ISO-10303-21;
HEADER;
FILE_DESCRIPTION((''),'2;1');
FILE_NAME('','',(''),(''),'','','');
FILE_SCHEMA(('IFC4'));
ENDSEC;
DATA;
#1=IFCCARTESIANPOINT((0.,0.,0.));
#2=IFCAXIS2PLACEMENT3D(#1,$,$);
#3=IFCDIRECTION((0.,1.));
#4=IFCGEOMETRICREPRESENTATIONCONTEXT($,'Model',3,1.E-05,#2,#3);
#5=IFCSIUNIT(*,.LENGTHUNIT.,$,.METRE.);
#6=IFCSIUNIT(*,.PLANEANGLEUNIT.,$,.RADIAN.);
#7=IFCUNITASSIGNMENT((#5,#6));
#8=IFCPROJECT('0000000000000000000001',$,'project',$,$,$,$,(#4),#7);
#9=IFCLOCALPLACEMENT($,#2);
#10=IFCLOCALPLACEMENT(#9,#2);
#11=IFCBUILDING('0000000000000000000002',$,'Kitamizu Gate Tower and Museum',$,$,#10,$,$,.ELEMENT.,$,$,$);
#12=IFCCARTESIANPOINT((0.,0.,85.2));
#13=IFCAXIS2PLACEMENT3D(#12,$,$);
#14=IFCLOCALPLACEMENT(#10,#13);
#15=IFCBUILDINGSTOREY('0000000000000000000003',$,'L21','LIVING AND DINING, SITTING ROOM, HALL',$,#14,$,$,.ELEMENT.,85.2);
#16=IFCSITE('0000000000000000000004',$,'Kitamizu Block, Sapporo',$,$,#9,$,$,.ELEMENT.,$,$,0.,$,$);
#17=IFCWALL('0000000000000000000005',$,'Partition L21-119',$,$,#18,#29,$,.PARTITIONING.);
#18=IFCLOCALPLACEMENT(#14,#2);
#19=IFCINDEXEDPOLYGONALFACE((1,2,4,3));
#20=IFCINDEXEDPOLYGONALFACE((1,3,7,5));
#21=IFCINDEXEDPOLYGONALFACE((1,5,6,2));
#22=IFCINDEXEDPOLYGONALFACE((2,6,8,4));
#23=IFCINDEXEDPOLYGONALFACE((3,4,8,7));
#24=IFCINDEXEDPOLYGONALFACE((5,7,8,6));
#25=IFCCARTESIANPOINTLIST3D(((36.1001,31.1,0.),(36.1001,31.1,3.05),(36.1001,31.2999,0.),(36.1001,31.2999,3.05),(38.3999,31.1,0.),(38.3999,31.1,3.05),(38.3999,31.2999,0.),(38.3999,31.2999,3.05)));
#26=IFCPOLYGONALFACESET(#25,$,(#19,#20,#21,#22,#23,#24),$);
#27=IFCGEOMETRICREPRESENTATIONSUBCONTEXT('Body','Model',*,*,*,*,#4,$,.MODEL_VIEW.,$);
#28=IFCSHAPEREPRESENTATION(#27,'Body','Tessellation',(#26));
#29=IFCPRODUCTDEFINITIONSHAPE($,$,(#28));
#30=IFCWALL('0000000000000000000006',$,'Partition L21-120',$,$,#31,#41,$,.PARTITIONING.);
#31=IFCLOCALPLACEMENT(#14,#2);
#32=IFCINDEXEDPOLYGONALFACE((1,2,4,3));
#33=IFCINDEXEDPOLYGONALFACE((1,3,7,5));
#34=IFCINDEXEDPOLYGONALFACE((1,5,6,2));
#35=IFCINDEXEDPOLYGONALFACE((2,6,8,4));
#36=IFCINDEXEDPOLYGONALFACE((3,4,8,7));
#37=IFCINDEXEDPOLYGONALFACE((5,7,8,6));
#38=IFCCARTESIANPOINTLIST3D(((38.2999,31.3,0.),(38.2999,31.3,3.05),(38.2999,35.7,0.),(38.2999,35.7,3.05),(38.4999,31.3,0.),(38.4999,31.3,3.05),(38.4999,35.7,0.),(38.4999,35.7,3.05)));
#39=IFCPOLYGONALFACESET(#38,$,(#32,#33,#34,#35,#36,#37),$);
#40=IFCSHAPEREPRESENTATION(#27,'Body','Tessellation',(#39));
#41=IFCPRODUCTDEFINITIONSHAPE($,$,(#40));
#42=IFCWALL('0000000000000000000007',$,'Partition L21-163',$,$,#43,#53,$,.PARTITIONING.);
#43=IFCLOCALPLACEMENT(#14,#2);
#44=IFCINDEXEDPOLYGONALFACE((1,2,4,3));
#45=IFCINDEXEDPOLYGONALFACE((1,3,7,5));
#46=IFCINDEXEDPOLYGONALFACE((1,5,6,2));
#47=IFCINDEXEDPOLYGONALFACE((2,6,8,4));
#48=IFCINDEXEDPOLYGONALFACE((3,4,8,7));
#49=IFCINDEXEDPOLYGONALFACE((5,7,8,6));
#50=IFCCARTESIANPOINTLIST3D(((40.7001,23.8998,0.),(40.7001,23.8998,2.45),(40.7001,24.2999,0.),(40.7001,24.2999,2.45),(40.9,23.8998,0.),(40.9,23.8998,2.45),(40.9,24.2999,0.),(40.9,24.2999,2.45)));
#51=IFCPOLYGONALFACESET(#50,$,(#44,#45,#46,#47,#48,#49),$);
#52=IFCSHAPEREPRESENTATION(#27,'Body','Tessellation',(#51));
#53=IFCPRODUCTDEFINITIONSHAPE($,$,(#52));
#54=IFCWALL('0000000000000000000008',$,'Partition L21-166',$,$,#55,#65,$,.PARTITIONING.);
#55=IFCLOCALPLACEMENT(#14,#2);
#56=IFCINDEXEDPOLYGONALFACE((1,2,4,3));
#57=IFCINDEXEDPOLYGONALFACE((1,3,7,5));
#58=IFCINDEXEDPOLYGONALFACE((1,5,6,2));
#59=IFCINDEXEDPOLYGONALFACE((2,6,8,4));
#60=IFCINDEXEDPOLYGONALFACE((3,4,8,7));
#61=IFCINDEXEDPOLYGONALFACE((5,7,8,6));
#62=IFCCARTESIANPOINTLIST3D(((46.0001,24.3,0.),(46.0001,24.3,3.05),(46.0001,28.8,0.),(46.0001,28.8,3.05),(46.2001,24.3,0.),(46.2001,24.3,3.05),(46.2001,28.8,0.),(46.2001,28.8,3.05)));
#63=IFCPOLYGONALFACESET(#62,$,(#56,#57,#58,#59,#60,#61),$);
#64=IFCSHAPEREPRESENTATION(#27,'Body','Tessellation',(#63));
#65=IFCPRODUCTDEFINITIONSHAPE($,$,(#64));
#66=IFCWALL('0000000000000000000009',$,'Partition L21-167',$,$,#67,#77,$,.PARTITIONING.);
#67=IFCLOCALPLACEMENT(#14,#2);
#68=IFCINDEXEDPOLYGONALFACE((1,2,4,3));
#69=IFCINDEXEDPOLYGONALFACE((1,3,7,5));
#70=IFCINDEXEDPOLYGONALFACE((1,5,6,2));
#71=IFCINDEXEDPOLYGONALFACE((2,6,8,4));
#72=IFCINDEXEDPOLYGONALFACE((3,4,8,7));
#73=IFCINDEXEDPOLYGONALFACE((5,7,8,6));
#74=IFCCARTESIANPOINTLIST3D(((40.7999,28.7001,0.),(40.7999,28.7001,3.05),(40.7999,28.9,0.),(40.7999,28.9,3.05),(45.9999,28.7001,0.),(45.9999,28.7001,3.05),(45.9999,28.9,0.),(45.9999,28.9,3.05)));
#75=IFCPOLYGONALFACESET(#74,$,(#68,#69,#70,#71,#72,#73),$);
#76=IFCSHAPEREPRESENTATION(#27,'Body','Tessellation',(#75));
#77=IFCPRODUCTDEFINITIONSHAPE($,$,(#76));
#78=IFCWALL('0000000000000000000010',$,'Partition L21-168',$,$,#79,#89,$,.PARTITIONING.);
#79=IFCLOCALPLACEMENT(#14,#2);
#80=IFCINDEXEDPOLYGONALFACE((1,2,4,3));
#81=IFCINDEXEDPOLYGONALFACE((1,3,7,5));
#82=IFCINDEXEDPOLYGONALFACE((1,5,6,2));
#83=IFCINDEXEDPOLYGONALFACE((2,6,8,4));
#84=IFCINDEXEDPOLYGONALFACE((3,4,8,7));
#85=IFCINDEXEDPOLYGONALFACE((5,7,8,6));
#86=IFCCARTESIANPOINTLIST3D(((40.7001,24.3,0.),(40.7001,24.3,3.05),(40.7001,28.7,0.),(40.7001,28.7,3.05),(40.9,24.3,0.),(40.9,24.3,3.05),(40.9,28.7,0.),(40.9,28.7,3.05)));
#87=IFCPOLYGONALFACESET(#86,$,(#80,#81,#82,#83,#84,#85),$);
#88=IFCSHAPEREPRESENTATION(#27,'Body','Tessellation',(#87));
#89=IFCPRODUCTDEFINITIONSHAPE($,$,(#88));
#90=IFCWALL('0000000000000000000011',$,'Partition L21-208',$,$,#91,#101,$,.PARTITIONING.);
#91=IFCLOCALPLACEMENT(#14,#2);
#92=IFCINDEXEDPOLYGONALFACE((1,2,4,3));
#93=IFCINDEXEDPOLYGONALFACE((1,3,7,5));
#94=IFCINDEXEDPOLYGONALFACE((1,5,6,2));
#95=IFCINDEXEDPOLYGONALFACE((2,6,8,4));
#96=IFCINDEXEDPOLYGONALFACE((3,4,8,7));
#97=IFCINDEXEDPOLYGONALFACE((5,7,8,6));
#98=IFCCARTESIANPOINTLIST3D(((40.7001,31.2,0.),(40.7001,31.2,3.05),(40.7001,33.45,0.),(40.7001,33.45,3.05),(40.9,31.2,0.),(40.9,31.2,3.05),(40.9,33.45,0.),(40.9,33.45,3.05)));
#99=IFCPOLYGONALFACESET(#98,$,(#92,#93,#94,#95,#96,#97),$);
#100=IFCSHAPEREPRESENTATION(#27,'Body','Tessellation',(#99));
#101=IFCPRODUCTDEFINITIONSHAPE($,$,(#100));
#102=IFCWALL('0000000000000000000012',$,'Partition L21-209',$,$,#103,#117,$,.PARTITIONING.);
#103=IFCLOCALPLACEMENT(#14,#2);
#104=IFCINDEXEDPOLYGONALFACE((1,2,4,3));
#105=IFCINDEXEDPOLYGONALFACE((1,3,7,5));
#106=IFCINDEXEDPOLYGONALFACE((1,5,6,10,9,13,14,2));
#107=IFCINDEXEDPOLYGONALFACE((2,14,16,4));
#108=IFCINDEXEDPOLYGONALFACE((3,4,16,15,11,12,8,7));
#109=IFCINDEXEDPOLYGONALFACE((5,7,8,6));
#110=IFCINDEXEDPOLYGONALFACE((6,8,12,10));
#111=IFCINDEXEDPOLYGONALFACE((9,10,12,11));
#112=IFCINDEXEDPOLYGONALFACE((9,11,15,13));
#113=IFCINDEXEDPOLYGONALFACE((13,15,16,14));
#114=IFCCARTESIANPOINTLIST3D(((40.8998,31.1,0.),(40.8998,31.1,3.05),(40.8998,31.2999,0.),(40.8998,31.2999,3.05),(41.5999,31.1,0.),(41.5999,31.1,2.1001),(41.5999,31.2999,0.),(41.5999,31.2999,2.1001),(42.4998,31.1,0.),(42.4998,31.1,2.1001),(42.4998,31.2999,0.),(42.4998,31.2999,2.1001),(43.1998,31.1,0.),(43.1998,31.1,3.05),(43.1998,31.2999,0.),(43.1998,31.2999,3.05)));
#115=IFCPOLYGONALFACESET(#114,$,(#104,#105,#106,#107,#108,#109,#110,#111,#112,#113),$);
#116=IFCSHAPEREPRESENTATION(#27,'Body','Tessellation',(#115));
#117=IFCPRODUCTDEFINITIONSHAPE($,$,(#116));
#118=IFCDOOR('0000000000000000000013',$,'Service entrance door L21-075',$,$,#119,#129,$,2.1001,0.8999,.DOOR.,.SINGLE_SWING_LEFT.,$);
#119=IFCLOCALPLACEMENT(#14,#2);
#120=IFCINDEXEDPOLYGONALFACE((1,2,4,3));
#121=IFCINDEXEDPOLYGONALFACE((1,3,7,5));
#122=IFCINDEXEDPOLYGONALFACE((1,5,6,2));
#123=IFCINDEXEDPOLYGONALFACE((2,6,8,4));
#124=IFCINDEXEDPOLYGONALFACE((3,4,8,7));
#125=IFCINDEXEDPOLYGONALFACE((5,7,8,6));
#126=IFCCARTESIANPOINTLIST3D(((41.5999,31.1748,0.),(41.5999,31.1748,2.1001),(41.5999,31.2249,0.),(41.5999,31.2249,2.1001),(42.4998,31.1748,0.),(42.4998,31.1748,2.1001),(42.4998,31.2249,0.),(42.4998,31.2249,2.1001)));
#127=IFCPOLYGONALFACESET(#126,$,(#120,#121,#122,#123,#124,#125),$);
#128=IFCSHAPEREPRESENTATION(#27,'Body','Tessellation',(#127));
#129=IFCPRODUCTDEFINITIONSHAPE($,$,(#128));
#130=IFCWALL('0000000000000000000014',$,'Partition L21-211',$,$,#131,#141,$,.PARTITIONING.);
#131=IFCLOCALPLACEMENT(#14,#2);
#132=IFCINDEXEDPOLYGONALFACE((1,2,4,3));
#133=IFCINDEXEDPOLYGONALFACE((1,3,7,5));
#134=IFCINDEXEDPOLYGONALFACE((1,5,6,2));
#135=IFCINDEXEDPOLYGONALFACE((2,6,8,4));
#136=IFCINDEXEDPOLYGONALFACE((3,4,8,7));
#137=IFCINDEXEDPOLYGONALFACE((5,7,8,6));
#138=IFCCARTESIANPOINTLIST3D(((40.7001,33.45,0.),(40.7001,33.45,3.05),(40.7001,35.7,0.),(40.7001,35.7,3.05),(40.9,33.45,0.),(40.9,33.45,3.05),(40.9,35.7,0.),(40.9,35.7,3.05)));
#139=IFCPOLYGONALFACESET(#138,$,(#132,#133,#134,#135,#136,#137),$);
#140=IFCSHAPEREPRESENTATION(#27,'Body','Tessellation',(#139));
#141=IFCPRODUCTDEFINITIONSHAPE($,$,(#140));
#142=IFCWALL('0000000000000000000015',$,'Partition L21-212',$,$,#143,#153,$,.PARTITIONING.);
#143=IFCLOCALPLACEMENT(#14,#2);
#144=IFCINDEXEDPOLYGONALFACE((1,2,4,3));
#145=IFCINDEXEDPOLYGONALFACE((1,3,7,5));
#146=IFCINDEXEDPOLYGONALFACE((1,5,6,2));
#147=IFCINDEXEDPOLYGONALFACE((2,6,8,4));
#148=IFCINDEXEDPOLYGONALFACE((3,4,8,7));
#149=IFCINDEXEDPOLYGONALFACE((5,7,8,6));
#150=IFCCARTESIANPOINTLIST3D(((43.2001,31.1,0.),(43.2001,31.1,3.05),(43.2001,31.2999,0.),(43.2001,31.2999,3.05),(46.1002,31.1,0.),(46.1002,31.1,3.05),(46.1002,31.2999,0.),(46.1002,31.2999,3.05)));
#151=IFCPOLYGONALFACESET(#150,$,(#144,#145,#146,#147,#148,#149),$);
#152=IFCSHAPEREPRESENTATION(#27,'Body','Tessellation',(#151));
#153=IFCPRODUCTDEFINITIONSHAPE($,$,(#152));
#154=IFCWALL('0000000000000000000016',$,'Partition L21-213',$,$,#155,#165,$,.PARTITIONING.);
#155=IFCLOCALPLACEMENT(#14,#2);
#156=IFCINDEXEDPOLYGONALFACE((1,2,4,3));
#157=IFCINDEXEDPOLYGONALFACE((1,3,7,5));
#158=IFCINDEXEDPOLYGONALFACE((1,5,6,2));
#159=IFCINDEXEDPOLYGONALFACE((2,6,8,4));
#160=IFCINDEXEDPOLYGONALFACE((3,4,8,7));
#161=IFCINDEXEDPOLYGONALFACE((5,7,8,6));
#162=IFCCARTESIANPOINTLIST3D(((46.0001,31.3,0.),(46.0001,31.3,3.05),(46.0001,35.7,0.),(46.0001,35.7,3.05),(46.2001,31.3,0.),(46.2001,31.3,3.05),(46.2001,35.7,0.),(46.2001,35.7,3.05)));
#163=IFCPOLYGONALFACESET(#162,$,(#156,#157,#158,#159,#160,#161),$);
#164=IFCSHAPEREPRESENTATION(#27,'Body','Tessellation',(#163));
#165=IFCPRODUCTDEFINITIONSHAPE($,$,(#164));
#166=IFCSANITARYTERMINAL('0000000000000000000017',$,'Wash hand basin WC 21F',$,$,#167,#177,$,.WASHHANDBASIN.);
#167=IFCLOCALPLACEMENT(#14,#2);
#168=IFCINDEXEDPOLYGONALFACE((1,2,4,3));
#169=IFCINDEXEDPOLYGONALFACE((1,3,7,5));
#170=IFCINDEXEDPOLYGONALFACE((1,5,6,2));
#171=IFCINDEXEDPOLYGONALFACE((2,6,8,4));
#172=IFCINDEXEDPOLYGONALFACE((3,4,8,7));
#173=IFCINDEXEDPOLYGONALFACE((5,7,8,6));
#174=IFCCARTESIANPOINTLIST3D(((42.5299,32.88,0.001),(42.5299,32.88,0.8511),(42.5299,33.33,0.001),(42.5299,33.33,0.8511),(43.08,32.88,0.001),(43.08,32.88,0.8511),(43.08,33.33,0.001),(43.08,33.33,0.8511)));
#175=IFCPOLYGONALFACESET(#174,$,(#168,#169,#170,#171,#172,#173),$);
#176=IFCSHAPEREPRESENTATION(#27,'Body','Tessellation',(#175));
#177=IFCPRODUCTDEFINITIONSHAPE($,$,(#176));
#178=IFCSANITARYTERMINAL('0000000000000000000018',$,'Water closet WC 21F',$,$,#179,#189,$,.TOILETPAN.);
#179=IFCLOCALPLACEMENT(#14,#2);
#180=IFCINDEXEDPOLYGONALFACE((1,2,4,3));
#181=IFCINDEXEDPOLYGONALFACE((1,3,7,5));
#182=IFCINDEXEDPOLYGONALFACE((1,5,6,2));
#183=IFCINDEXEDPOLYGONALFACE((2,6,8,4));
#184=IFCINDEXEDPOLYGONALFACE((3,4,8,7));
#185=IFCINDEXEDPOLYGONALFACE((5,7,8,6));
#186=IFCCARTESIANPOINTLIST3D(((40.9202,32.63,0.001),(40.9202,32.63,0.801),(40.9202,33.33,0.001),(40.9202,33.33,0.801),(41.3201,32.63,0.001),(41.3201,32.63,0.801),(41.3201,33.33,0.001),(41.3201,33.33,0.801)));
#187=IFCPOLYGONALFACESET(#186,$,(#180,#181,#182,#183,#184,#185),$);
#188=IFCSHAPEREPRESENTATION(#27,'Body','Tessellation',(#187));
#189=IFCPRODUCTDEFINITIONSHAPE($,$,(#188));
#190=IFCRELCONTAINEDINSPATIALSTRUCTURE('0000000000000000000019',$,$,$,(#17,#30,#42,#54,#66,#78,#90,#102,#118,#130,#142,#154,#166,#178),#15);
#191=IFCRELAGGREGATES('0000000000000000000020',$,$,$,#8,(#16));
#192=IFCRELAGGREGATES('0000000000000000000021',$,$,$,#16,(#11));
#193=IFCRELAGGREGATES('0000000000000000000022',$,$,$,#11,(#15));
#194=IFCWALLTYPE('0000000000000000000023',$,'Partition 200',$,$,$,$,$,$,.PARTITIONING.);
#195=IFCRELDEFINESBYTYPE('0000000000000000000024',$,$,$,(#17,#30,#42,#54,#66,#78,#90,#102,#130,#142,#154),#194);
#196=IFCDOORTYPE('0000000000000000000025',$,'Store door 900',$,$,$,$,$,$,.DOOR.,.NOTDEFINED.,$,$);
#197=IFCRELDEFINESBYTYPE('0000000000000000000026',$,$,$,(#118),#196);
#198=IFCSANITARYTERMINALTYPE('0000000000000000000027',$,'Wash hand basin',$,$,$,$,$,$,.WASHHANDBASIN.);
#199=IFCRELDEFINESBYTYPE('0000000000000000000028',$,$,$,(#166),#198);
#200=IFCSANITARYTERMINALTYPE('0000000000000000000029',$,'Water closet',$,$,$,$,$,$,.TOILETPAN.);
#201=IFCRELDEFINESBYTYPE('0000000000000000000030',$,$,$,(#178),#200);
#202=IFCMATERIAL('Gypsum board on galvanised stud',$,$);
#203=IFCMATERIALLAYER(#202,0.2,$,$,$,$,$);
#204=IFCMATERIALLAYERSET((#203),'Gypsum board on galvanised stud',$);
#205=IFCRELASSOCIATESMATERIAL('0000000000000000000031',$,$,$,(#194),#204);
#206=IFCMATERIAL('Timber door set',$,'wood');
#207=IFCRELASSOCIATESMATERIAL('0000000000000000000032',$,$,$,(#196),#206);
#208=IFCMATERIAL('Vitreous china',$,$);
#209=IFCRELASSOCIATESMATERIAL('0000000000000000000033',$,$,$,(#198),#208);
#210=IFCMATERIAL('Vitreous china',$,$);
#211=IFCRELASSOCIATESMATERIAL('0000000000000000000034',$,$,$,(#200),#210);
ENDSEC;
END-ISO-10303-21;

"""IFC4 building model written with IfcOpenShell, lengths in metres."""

from ifc_helpers import new_model, si_unit, direction, frame, frame_2d, origin, origin_2d, place, context, subcontext, project, spatial, rectangle, extrude, material, layer, layer_set, type_object, element, fill, save


model = new_model("IFC4")

# Units and contexts
model_context = context("Model", 3, precision=1e-05, world=origin(), true_north=direction((0.0, 1.0)))
body_context = subcontext(model_context, "Body", "Model", "MODEL_VIEW")
ifc_project = project(units=[si_unit("LENGTHUNIT", "METRE"), si_unit("PLANEANGLEUNIT", "RADIAN")], contexts=[model_context])

# Site, building, storey
site_placement = place(None, origin())
site = spatial("IfcSite", under=ifc_project, at=site_placement, Name="Kitamizu Block, Sapporo", CompositionType="ELEMENT", RefElevation=0.0)
building_placement = place(site_placement, origin())
building = spatial("IfcBuilding", under=site, at=building_placement, Name="Kitamizu Gate Tower and Museum", CompositionType="ELEMENT")
storey_placement = place(building_placement, frame((0.0, 0.0, 85.2)))
storey = spatial("IfcBuildingStorey", under=building, at=storey_placement, Name="L21", Description="LIVING AND DINING, SITTING ROOM, HALL", CompositionType="ELEMENT", Elevation=85.2)

# Walls
ifc_material_1 = material(Name="Gypsum board on galvanised stud")
ifc_layer_1 = layer(ifc_material_1, 0.2)
ifc_layer_set_1 = layer_set([ifc_layer_1], Name="Gypsum board on galvanised stud")
wall_type_1 = type_object("IfcWallType", Name="Partition 200", PredefinedType="PARTITIONING", material=ifc_layer_set_1)
wall_1_placement = place(storey_placement, frame((36.1001, 31.2, 0.0), z_axis=(0.0, 0.0, 1.0), x_axis=(1.0, 0.0, 0.0)))
element("IfcWall", 1, at=wall_1_placement, inside=storey, type_object=wall_type_1, Name="Partition L21-119", PredefinedType="PARTITIONING", context=body_context, shape_type="SweptSolid", body=[
    extrude(rectangle(XDim=2.2998, YDim=0.2, at=frame_2d((1.1499, 0.0))), origin(), (0.0, 0.0, 1.0), 3.05),
])
wall_2_placement = place(storey_placement, frame((38.3999, 31.3, 0.0), z_axis=(0.0, 0.0, 1.0), x_axis=(0.0, 1.0, 0.0)))
element("IfcWall", 2, at=wall_2_placement, inside=storey, type_object=wall_type_1, Name="Partition L21-120", PredefinedType="PARTITIONING", context=body_context, shape_type="SweptSolid", body=[
    extrude(rectangle(XDim=4.3999, YDim=0.2, at=frame_2d((2.2, 0.0))), origin(), (0.0, 0.0, 1.0), 3.05),
])
wall_3_placement = place(storey_placement, frame((40.8, 24.3, 0.0), z_axis=(0.0, 0.0, 1.0), x_axis=(0.0, -1.0, 0.0)))
element("IfcWall", 3, at=wall_3_placement, inside=storey, type_object=wall_type_1, Name="Partition L21-163", PredefinedType="PARTITIONING", context=body_context, shape_type="SweptSolid", body=[
    extrude(rectangle(XDim=0.4001, YDim=0.2, at=frame_2d((0.2002, 0.0))), origin(), (0.0, 0.0, 1.0), 2.45),
])
wall_4_placement = place(storey_placement, frame((46.1001, 24.3, 0.0), z_axis=(0.0, 0.0, 1.0), x_axis=(0.0, 1.0, 0.0)))
element("IfcWall", 4, at=wall_4_placement, inside=storey, type_object=wall_type_1, Name="Partition L21-166", PredefinedType="PARTITIONING", context=body_context, shape_type="SweptSolid", body=[
    extrude(rectangle(XDim=4.5, YDim=0.2, at=frame_2d((2.25, 0.0))), origin(), (0.0, 0.0, 1.0), 3.05),
])
wall_5_placement = place(storey_placement, frame((46.0, 28.8, 0.0), z_axis=(0.0, 0.0, 1.0), x_axis=(-1.0, 0.0, 0.0)))
element("IfcWall", 5, at=wall_5_placement, inside=storey, type_object=wall_type_1, Name="Partition L21-167", PredefinedType="PARTITIONING", context=body_context, shape_type="SweptSolid", body=[
    extrude(rectangle(XDim=5.2, YDim=0.2, at=frame_2d((2.6001, 0.0))), origin(), (0.0, 0.0, 1.0), 3.05),
])
wall_6_placement = place(storey_placement, frame((40.8, 28.7, 0.0), z_axis=(0.0, 0.0, 1.0), x_axis=(0.0, -1.0, 0.0)))
element("IfcWall", 6, at=wall_6_placement, inside=storey, type_object=wall_type_1, Name="Partition L21-168", PredefinedType="PARTITIONING", context=body_context, shape_type="SweptSolid", body=[
    extrude(rectangle(XDim=4.3999, YDim=0.2, at=frame_2d((2.2, 0.0))), origin(), (0.0, 0.0, 1.0), 3.05),
])
wall_7_placement = place(storey_placement, frame((40.8, 33.45, 0.0), z_axis=(0.0, 0.0, 1.0), x_axis=(0.0, -1.0, 0.0)))
element("IfcWall", 7, at=wall_7_placement, inside=storey, type_object=wall_type_1, Name="Partition L21-208", PredefinedType="PARTITIONING", context=body_context, shape_type="SweptSolid", body=[
    extrude(rectangle(XDim=2.25, YDim=0.2, at=frame_2d((1.125, 0.0))), origin(), (0.0, 0.0, 1.0), 3.05),
])

# Wall, opening, door
wall_8_placement = place(storey_placement, frame((40.8999, 31.2, 0.0), z_axis=(0.0, 0.0, 1.0), x_axis=(1.0, 0.0, 0.0)))
wall_8 = element("IfcWall", 8, at=wall_8_placement, inside=storey, type_object=wall_type_1, Name="Partition L21-209", PredefinedType="PARTITIONING", context=body_context, shape_type="SweptSolid", body=[
    extrude(rectangle(XDim=2.3, YDim=0.2, at=frame_2d((1.1499, 0.0))), origin(), (0.0, 0.0, 1.0), 3.05),
])
opening_1_placement = place(wall_8_placement, frame((0.7, 0.0, 0.0)))
opening_1 = element("IfcOpeningElement", 9, at=opening_1_placement, cuts=wall_8, PredefinedType="OPENING", context=body_context, shape_type="SweptSolid", body=[
    extrude(rectangle(XDim=0.8999, YDim=2.1001, at=frame_2d((0.45, 1.05))), frame((0.0, 0.1099, 0.0), z_axis=(0.0, -1.0, 0.0), x_axis=(1.0, 0.0, 0.0)), (0.0, 0.0, 1.0), 0.22),
])
ifc_material_2 = material(Name="Timber door set", Category="wood")
door_type_1 = type_object("IfcDoorType", Name="Store door 900", OperationType="NOTDEFINED", PredefinedType="DOOR", material=ifc_material_2)
door_1_placement = place(opening_1_placement, origin())
door_1 = element("IfcDoor", 10, at=door_1_placement, inside=storey, type_object=door_type_1, Name="Service entrance door L21-075", OperationType="SINGLE_SWING_LEFT", OverallHeight=2.1001, OverallWidth=0.8999, PredefinedType="DOOR", context=body_context, shape_type="SweptSolid", body=[
    extrude(rectangle(XDim=0.8999, YDim=2.1001, at=frame_2d((0.45, 1.05))), frame((0.0, 0.0249, 0.0), z_axis=(0.0, -1.0, 0.0), x_axis=(1.0, 0.0, 0.0)), (0.0, 0.0, 1.0), 0.05),
])
fill(opening_1, door_1)

# Walls
wall_9_placement = place(storey_placement, frame((40.8, 35.7, 0.0), z_axis=(0.0, 0.0, 1.0), x_axis=(0.0, -1.0, 0.0)))
element("IfcWall", 11, at=wall_9_placement, inside=storey, type_object=wall_type_1, Name="Partition L21-211", PredefinedType="PARTITIONING", context=body_context, shape_type="SweptSolid", body=[
    extrude(rectangle(XDim=2.25, YDim=0.2, at=frame_2d((1.125, 0.0))), origin(), (0.0, 0.0, 1.0), 3.05),
])
wall_10_placement = place(storey_placement, frame((43.2, 31.2, 0.0), z_axis=(0.0, 0.0, 1.0), x_axis=(1.0, 0.0, 0.0)))
element("IfcWall", 12, at=wall_10_placement, inside=storey, type_object=wall_type_1, Name="Partition L21-212", PredefinedType="PARTITIONING", context=body_context, shape_type="SweptSolid", body=[
    extrude(rectangle(XDim=2.9001, YDim=0.2, at=frame_2d((1.4502, 0.0))), origin(), (0.0, 0.0, 1.0), 3.05),
])
wall_11_placement = place(storey_placement, frame((46.1001, 31.3, 0.0), z_axis=(0.0, 0.0, 1.0), x_axis=(0.0, 1.0, 0.0)))
element("IfcWall", 13, at=wall_11_placement, inside=storey, type_object=wall_type_1, Name="Partition L21-213", PredefinedType="PARTITIONING", context=body_context, shape_type="SweptSolid", body=[
    extrude(rectangle(XDim=4.3999, YDim=0.2, at=frame_2d((2.2, 0.0))), origin(), (0.0, 0.0, 1.0), 3.05),
])

# Sanitary terminals
ifc_material_3 = material(Name="Vitreous china")
sanitary_terminal_type_1 = type_object("IfcSanitaryTerminalType", Name="Wash hand basin", PredefinedType="WASHHANDBASIN", material=ifc_material_3)
sanitary_terminal_1_placement = place(storey_placement, frame((42.8049, 33.105, 0.001), z_axis=(0.0, 0.0, 1.0), x_axis=(1.0, 0.0, 0.0)))
element("IfcSanitaryTerminal", 14, at=sanitary_terminal_1_placement, inside=storey, type_object=sanitary_terminal_type_1, Name="Wash hand basin WC 21F", PredefinedType="WASHHANDBASIN", context=body_context, shape_type="SweptSolid", body=[
    extrude(rectangle(XDim=0.55, YDim=0.45, at=origin_2d()), origin(), (0.0, 0.0, 1.0), 0.8501),
])
ifc_material_4 = material(Name="Vitreous china")
sanitary_terminal_type_2 = type_object("IfcSanitaryTerminalType", Name="Water closet", PredefinedType="TOILETPAN", material=ifc_material_4)
sanitary_terminal_2_placement = place(storey_placement, frame((41.1201, 32.98, 0.001), z_axis=(0.0, 0.0, 1.0), x_axis=(1.0, 0.0, 0.0)))
element("IfcSanitaryTerminal", 15, at=sanitary_terminal_2_placement, inside=storey, type_object=sanitary_terminal_type_2, Name="Water closet WC 21F", PredefinedType="TOILETPAN", context=body_context, shape_type="SweptSolid", body=[
    extrude(rectangle(XDim=0.3999, YDim=0.7, at=origin_2d()), origin(), (0.0, 0.0, 1.0), 0.8),
])

save(model, "model.ifc")
